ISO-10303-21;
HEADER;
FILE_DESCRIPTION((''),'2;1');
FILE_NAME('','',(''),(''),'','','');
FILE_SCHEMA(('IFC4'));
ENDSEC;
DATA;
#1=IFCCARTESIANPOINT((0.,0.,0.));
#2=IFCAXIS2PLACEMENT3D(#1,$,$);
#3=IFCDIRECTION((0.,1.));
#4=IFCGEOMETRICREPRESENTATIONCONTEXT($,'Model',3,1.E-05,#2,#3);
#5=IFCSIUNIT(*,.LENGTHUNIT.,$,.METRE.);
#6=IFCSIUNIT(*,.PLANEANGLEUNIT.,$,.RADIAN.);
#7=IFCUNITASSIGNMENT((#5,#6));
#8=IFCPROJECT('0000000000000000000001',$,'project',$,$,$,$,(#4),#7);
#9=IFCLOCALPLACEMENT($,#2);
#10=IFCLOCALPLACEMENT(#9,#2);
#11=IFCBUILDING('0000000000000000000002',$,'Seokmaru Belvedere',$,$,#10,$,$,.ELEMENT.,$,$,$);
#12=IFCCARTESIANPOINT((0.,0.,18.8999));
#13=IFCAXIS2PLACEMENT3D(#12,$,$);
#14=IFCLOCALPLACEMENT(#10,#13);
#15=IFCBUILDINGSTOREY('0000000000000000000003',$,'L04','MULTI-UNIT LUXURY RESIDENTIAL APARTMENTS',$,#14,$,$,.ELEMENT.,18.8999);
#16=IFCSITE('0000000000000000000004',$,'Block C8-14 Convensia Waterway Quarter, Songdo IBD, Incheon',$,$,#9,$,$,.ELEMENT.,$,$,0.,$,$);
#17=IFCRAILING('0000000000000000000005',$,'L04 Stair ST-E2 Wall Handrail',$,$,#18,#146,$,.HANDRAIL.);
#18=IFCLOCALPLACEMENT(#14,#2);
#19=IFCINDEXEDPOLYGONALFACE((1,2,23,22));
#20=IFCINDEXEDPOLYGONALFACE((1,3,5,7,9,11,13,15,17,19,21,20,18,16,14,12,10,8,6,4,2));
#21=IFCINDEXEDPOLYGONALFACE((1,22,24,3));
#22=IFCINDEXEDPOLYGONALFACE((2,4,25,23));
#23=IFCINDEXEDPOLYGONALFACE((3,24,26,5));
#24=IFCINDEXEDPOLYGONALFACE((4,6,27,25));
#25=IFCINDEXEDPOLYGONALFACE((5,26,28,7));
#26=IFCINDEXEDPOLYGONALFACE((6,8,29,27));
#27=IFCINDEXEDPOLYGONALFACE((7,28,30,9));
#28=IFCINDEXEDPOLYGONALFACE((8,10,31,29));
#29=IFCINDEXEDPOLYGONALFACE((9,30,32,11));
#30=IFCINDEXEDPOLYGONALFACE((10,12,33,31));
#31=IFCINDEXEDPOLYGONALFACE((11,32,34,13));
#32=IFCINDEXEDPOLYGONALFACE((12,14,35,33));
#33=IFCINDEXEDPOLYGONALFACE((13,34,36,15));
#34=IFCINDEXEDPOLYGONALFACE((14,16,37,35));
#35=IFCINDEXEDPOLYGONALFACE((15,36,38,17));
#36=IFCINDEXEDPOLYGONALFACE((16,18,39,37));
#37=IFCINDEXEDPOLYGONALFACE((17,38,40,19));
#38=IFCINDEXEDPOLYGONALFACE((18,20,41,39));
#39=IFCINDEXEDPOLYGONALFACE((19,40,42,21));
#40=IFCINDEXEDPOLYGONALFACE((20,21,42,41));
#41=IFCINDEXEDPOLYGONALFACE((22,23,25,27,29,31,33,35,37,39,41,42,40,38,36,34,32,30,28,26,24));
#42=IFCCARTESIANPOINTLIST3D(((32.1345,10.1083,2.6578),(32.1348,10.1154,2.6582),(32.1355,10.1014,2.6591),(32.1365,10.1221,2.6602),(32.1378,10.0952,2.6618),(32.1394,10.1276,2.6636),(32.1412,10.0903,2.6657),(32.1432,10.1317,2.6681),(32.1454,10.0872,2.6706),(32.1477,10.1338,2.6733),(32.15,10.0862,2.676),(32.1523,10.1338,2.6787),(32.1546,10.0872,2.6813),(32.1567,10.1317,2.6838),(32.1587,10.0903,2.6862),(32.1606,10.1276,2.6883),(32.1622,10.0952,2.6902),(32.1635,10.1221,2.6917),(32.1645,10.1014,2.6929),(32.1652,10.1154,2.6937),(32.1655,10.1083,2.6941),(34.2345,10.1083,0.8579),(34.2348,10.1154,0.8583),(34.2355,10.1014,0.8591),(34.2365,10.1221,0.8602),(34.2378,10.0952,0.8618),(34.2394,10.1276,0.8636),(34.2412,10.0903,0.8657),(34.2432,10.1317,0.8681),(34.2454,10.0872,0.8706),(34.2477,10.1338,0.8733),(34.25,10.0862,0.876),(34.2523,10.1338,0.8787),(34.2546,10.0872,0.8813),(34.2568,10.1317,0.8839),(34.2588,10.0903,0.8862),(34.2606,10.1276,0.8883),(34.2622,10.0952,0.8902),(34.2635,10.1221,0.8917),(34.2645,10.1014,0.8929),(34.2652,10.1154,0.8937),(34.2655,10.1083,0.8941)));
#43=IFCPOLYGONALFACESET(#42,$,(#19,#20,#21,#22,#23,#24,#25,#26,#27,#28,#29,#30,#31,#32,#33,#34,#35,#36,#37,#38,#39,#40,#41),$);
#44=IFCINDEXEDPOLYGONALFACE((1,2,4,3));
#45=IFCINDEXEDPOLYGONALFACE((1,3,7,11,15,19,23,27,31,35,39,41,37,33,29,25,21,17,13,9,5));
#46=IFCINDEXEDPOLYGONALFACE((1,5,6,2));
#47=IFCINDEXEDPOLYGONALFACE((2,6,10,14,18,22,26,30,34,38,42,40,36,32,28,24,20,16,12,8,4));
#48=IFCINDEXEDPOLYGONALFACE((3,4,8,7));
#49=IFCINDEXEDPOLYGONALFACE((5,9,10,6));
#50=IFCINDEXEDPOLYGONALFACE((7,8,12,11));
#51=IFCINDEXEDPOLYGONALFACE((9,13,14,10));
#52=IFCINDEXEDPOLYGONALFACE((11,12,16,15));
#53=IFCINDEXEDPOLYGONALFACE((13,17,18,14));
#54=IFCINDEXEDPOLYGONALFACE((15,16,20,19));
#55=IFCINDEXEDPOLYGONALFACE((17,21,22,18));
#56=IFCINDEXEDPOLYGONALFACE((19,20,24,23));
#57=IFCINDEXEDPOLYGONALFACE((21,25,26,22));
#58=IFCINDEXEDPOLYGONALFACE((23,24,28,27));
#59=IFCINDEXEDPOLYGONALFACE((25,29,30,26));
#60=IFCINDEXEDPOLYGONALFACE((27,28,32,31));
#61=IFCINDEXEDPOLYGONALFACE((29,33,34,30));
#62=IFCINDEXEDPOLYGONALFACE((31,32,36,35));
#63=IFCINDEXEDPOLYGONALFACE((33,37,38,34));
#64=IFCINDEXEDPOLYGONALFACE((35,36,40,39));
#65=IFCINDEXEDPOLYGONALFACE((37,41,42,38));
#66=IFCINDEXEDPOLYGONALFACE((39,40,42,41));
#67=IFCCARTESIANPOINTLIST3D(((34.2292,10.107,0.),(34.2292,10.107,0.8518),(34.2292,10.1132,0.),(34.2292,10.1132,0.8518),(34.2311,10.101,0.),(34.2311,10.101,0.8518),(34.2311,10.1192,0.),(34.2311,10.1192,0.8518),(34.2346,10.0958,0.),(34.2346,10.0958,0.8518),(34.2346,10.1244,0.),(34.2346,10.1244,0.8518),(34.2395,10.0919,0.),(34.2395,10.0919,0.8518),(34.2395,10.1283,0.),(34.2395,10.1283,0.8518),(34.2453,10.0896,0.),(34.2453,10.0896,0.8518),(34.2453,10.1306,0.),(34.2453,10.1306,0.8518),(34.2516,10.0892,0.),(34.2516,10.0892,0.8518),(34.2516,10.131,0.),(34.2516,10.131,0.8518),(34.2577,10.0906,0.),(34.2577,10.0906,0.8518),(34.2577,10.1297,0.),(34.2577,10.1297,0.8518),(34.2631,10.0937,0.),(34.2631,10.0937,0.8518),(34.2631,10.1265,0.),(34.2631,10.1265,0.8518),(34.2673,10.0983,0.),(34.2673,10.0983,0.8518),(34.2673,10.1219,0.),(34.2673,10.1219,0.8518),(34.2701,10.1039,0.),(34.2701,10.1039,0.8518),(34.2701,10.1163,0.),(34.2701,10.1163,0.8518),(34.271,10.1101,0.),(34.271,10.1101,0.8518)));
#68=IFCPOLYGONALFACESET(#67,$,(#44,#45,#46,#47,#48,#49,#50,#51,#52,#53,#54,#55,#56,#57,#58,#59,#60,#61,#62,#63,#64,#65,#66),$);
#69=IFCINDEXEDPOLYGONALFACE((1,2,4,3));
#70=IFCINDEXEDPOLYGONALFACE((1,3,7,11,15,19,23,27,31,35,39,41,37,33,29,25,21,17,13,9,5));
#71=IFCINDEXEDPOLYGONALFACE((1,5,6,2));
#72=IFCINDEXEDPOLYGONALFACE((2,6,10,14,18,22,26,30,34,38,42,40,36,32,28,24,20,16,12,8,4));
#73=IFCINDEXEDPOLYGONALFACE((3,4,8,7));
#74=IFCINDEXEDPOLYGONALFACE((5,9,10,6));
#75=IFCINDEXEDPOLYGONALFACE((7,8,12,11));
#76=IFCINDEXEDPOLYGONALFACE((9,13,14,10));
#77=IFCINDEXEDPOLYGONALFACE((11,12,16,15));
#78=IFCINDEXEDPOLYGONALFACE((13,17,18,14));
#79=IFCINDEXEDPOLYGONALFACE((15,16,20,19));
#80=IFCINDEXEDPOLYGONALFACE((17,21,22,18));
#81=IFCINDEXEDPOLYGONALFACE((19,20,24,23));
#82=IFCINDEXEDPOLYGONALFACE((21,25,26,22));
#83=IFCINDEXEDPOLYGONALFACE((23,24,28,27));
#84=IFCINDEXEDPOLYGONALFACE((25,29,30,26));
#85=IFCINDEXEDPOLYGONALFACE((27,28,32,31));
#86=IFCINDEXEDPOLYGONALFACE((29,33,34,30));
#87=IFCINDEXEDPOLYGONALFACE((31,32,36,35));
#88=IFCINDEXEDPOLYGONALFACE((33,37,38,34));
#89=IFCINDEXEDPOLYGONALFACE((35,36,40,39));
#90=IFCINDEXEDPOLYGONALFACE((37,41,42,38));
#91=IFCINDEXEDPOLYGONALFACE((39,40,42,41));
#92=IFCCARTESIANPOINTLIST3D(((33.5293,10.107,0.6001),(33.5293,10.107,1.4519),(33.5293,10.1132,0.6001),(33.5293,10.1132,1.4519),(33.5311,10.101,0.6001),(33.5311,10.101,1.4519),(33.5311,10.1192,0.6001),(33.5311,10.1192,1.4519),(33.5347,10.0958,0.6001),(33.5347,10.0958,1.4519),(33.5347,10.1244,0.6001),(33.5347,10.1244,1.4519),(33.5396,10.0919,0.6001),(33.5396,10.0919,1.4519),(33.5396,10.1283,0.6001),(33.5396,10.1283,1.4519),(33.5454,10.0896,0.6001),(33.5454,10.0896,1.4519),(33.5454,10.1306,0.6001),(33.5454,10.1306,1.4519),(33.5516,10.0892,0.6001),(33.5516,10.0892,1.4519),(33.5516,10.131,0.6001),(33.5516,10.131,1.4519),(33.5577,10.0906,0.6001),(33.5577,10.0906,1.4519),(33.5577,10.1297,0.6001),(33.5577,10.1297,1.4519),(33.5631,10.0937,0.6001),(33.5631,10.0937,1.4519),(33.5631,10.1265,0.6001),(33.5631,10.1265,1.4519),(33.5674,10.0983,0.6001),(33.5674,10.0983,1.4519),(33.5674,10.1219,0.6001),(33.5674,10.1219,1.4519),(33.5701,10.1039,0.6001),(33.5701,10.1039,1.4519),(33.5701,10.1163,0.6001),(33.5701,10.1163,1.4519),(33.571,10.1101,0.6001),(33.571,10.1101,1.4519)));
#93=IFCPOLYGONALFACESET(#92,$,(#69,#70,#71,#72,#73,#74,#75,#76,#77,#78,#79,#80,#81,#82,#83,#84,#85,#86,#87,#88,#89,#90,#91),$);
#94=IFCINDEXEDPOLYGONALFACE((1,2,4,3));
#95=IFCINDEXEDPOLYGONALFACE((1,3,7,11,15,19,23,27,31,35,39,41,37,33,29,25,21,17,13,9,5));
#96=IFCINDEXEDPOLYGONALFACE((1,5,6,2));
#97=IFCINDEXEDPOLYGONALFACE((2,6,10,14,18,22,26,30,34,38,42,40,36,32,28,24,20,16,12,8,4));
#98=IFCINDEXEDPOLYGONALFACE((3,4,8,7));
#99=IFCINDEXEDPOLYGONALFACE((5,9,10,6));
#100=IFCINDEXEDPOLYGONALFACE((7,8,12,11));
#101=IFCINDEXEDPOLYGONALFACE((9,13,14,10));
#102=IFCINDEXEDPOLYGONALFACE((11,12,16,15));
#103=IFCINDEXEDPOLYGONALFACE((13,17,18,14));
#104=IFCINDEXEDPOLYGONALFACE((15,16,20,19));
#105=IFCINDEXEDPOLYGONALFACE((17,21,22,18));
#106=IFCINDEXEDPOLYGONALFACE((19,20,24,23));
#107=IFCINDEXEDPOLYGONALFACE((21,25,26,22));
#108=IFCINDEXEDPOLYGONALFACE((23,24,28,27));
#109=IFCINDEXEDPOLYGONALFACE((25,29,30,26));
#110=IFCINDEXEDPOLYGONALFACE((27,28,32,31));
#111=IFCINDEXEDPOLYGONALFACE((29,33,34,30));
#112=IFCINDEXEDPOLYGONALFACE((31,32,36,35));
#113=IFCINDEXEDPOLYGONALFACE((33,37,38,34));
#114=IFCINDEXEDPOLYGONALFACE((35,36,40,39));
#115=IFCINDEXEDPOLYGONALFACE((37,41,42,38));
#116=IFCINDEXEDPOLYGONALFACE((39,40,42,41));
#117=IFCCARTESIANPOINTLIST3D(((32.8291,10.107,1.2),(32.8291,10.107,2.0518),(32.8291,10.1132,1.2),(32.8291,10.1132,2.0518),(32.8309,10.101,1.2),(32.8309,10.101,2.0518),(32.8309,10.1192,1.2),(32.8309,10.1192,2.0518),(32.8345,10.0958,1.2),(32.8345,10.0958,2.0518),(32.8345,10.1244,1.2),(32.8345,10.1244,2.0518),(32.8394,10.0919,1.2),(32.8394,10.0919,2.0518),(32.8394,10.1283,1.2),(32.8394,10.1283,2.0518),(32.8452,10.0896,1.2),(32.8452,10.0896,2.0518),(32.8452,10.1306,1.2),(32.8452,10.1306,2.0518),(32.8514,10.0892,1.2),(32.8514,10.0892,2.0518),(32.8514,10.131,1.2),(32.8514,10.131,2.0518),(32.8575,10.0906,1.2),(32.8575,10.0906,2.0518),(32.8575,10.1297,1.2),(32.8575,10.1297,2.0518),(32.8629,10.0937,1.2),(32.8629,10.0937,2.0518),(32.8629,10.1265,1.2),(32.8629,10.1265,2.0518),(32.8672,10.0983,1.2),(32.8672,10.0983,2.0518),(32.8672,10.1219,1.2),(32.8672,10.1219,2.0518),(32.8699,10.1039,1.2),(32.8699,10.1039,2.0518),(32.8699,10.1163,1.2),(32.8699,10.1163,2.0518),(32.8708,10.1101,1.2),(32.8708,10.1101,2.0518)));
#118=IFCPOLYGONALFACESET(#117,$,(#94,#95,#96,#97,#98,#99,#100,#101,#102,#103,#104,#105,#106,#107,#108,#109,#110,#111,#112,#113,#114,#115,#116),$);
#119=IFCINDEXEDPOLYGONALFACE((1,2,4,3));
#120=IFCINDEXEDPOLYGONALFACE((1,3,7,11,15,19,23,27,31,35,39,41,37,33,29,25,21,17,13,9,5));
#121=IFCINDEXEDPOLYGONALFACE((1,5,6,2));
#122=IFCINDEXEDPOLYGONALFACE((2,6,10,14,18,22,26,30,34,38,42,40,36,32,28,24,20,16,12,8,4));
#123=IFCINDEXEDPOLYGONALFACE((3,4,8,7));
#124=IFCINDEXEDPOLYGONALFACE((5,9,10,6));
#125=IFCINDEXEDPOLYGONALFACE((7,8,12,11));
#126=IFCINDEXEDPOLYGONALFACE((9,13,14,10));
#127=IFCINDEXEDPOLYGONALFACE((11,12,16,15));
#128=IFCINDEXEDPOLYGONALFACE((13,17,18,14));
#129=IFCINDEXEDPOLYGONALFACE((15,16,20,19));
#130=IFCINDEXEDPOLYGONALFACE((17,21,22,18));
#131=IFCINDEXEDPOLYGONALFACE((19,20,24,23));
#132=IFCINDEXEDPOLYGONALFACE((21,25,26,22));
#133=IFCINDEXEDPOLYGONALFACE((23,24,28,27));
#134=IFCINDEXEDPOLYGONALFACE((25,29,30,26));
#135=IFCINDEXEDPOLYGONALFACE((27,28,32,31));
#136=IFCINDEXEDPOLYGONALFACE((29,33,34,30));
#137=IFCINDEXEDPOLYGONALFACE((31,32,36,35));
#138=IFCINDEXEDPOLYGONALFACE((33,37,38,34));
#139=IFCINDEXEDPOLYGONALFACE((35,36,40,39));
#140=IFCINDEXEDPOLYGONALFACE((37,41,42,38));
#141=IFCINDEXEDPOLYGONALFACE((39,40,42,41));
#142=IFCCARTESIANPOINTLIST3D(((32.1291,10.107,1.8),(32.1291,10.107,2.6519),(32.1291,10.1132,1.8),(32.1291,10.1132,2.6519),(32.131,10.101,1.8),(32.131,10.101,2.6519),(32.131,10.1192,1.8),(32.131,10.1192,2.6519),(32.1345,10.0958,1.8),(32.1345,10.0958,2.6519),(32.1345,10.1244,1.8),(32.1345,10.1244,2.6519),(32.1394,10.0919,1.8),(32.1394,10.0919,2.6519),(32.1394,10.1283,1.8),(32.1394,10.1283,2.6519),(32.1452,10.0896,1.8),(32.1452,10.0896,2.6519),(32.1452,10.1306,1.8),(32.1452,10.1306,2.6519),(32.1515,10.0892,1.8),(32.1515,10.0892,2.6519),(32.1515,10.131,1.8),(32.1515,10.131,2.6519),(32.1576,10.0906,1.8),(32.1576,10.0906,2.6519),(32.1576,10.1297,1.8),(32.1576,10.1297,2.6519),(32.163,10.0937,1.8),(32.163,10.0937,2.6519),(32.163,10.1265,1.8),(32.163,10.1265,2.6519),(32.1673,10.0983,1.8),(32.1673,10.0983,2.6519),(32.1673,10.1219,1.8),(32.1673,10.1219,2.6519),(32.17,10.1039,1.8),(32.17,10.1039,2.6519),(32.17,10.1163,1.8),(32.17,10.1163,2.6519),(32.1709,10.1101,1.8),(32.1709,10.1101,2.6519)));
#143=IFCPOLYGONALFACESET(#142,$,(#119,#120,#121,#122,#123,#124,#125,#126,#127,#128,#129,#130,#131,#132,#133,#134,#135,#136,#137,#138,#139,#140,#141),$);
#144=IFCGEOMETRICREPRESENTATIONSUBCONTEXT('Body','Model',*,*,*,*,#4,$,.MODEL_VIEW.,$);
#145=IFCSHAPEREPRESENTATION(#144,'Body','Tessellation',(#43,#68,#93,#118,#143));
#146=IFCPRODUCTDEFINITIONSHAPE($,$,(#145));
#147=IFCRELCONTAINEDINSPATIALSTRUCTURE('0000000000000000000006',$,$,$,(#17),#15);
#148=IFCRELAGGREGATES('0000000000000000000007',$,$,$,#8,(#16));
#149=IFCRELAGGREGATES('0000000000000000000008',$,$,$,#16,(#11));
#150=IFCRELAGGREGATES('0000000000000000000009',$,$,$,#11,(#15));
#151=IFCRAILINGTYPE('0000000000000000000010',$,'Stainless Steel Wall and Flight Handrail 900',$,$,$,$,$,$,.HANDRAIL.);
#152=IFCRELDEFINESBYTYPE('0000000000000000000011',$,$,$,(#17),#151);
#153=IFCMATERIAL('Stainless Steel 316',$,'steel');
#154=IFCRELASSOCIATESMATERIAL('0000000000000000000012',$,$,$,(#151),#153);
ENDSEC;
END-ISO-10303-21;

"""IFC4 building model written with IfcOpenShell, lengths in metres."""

from ifc_helpers import new_model, si_unit, direction, frame, origin, origin_2d, place, context, subcontext, project, spatial, circle, extrude, material, type_object, element, save


model = new_model("IFC4")

# Units and contexts
model_context = context("Model", 3, precision=1e-05, world=origin(), true_north=direction((0.0, 1.0)))
body_context = subcontext(model_context, "Body", "Model", "MODEL_VIEW")
ifc_project = project(units=[si_unit("LENGTHUNIT", "METRE"), si_unit("PLANEANGLEUNIT", "RADIAN")], contexts=[model_context])

# Site, building, storey
site_placement = place(None, origin())
site = spatial("IfcSite", under=ifc_project, at=site_placement, Name="Block C8-14 Convensia Waterway Quarter, Songdo IBD, Incheon", CompositionType="ELEMENT", RefElevation=0.0)
building_placement = place(site_placement, origin())
building = spatial("IfcBuilding", under=site, at=building_placement, Name="Seokmaru Belvedere", CompositionType="ELEMENT")
storey_placement = place(building_placement, frame((0.0, 0.0, 18.8999)))
storey = spatial("IfcBuildingStorey", under=building, at=storey_placement, Name="L04", Description="MULTI-UNIT LUXURY RESIDENTIAL APARTMENTS", CompositionType="ELEMENT", Elevation=18.8999)

# Railing
ifc_material_1 = material(Name="Stainless Steel 316", Category="steel")
railing_type_1 = type_object("IfcRailingType", Name="Stainless Steel Wall and Flight Handrail 900", PredefinedType="HANDRAIL", material=ifc_material_1)
railing_1_placement = place(storey_placement, frame((34.25, 10.1101, 0.0)))
element("IfcRailing", 1, at=railing_1_placement, inside=storey, type_object=railing_type_1, Name="L04 Stair ST-E2 Wall Handrail", PredefinedType="HANDRAIL", context=body_context, shape_type="SweptSolid", body=[
    extrude(circle(Radius=0.0239, at=origin_2d()), frame((0.0, 0.0, 0.876), z_axis=(-0.759263, 0.0, 0.650784), x_axis=(0.0, -1.0, 0.0)), (0.0, 0.0, 1.0), 2.7659),
    extrude(circle(Radius=0.021, at=origin_2d()), origin(), (0.0, 0.0, 1.0), 0.8518),
    extrude(circle(Radius=0.021, at=origin_2d()), frame((-0.7, 0.0, 0.6001)), (0.0, 0.0, 1.0), 0.8518),
    extrude(circle(Radius=0.021, at=origin_2d()), frame((-1.4001, 0.0, 1.2)), (0.0, 0.0, 1.0), 0.8518),
    extrude(circle(Radius=0.021, at=origin_2d()), frame((-2.1001, 0.0, 1.8)), (0.0, 0.0, 1.0), 0.8518),
])

save(model, "model.ifc")
